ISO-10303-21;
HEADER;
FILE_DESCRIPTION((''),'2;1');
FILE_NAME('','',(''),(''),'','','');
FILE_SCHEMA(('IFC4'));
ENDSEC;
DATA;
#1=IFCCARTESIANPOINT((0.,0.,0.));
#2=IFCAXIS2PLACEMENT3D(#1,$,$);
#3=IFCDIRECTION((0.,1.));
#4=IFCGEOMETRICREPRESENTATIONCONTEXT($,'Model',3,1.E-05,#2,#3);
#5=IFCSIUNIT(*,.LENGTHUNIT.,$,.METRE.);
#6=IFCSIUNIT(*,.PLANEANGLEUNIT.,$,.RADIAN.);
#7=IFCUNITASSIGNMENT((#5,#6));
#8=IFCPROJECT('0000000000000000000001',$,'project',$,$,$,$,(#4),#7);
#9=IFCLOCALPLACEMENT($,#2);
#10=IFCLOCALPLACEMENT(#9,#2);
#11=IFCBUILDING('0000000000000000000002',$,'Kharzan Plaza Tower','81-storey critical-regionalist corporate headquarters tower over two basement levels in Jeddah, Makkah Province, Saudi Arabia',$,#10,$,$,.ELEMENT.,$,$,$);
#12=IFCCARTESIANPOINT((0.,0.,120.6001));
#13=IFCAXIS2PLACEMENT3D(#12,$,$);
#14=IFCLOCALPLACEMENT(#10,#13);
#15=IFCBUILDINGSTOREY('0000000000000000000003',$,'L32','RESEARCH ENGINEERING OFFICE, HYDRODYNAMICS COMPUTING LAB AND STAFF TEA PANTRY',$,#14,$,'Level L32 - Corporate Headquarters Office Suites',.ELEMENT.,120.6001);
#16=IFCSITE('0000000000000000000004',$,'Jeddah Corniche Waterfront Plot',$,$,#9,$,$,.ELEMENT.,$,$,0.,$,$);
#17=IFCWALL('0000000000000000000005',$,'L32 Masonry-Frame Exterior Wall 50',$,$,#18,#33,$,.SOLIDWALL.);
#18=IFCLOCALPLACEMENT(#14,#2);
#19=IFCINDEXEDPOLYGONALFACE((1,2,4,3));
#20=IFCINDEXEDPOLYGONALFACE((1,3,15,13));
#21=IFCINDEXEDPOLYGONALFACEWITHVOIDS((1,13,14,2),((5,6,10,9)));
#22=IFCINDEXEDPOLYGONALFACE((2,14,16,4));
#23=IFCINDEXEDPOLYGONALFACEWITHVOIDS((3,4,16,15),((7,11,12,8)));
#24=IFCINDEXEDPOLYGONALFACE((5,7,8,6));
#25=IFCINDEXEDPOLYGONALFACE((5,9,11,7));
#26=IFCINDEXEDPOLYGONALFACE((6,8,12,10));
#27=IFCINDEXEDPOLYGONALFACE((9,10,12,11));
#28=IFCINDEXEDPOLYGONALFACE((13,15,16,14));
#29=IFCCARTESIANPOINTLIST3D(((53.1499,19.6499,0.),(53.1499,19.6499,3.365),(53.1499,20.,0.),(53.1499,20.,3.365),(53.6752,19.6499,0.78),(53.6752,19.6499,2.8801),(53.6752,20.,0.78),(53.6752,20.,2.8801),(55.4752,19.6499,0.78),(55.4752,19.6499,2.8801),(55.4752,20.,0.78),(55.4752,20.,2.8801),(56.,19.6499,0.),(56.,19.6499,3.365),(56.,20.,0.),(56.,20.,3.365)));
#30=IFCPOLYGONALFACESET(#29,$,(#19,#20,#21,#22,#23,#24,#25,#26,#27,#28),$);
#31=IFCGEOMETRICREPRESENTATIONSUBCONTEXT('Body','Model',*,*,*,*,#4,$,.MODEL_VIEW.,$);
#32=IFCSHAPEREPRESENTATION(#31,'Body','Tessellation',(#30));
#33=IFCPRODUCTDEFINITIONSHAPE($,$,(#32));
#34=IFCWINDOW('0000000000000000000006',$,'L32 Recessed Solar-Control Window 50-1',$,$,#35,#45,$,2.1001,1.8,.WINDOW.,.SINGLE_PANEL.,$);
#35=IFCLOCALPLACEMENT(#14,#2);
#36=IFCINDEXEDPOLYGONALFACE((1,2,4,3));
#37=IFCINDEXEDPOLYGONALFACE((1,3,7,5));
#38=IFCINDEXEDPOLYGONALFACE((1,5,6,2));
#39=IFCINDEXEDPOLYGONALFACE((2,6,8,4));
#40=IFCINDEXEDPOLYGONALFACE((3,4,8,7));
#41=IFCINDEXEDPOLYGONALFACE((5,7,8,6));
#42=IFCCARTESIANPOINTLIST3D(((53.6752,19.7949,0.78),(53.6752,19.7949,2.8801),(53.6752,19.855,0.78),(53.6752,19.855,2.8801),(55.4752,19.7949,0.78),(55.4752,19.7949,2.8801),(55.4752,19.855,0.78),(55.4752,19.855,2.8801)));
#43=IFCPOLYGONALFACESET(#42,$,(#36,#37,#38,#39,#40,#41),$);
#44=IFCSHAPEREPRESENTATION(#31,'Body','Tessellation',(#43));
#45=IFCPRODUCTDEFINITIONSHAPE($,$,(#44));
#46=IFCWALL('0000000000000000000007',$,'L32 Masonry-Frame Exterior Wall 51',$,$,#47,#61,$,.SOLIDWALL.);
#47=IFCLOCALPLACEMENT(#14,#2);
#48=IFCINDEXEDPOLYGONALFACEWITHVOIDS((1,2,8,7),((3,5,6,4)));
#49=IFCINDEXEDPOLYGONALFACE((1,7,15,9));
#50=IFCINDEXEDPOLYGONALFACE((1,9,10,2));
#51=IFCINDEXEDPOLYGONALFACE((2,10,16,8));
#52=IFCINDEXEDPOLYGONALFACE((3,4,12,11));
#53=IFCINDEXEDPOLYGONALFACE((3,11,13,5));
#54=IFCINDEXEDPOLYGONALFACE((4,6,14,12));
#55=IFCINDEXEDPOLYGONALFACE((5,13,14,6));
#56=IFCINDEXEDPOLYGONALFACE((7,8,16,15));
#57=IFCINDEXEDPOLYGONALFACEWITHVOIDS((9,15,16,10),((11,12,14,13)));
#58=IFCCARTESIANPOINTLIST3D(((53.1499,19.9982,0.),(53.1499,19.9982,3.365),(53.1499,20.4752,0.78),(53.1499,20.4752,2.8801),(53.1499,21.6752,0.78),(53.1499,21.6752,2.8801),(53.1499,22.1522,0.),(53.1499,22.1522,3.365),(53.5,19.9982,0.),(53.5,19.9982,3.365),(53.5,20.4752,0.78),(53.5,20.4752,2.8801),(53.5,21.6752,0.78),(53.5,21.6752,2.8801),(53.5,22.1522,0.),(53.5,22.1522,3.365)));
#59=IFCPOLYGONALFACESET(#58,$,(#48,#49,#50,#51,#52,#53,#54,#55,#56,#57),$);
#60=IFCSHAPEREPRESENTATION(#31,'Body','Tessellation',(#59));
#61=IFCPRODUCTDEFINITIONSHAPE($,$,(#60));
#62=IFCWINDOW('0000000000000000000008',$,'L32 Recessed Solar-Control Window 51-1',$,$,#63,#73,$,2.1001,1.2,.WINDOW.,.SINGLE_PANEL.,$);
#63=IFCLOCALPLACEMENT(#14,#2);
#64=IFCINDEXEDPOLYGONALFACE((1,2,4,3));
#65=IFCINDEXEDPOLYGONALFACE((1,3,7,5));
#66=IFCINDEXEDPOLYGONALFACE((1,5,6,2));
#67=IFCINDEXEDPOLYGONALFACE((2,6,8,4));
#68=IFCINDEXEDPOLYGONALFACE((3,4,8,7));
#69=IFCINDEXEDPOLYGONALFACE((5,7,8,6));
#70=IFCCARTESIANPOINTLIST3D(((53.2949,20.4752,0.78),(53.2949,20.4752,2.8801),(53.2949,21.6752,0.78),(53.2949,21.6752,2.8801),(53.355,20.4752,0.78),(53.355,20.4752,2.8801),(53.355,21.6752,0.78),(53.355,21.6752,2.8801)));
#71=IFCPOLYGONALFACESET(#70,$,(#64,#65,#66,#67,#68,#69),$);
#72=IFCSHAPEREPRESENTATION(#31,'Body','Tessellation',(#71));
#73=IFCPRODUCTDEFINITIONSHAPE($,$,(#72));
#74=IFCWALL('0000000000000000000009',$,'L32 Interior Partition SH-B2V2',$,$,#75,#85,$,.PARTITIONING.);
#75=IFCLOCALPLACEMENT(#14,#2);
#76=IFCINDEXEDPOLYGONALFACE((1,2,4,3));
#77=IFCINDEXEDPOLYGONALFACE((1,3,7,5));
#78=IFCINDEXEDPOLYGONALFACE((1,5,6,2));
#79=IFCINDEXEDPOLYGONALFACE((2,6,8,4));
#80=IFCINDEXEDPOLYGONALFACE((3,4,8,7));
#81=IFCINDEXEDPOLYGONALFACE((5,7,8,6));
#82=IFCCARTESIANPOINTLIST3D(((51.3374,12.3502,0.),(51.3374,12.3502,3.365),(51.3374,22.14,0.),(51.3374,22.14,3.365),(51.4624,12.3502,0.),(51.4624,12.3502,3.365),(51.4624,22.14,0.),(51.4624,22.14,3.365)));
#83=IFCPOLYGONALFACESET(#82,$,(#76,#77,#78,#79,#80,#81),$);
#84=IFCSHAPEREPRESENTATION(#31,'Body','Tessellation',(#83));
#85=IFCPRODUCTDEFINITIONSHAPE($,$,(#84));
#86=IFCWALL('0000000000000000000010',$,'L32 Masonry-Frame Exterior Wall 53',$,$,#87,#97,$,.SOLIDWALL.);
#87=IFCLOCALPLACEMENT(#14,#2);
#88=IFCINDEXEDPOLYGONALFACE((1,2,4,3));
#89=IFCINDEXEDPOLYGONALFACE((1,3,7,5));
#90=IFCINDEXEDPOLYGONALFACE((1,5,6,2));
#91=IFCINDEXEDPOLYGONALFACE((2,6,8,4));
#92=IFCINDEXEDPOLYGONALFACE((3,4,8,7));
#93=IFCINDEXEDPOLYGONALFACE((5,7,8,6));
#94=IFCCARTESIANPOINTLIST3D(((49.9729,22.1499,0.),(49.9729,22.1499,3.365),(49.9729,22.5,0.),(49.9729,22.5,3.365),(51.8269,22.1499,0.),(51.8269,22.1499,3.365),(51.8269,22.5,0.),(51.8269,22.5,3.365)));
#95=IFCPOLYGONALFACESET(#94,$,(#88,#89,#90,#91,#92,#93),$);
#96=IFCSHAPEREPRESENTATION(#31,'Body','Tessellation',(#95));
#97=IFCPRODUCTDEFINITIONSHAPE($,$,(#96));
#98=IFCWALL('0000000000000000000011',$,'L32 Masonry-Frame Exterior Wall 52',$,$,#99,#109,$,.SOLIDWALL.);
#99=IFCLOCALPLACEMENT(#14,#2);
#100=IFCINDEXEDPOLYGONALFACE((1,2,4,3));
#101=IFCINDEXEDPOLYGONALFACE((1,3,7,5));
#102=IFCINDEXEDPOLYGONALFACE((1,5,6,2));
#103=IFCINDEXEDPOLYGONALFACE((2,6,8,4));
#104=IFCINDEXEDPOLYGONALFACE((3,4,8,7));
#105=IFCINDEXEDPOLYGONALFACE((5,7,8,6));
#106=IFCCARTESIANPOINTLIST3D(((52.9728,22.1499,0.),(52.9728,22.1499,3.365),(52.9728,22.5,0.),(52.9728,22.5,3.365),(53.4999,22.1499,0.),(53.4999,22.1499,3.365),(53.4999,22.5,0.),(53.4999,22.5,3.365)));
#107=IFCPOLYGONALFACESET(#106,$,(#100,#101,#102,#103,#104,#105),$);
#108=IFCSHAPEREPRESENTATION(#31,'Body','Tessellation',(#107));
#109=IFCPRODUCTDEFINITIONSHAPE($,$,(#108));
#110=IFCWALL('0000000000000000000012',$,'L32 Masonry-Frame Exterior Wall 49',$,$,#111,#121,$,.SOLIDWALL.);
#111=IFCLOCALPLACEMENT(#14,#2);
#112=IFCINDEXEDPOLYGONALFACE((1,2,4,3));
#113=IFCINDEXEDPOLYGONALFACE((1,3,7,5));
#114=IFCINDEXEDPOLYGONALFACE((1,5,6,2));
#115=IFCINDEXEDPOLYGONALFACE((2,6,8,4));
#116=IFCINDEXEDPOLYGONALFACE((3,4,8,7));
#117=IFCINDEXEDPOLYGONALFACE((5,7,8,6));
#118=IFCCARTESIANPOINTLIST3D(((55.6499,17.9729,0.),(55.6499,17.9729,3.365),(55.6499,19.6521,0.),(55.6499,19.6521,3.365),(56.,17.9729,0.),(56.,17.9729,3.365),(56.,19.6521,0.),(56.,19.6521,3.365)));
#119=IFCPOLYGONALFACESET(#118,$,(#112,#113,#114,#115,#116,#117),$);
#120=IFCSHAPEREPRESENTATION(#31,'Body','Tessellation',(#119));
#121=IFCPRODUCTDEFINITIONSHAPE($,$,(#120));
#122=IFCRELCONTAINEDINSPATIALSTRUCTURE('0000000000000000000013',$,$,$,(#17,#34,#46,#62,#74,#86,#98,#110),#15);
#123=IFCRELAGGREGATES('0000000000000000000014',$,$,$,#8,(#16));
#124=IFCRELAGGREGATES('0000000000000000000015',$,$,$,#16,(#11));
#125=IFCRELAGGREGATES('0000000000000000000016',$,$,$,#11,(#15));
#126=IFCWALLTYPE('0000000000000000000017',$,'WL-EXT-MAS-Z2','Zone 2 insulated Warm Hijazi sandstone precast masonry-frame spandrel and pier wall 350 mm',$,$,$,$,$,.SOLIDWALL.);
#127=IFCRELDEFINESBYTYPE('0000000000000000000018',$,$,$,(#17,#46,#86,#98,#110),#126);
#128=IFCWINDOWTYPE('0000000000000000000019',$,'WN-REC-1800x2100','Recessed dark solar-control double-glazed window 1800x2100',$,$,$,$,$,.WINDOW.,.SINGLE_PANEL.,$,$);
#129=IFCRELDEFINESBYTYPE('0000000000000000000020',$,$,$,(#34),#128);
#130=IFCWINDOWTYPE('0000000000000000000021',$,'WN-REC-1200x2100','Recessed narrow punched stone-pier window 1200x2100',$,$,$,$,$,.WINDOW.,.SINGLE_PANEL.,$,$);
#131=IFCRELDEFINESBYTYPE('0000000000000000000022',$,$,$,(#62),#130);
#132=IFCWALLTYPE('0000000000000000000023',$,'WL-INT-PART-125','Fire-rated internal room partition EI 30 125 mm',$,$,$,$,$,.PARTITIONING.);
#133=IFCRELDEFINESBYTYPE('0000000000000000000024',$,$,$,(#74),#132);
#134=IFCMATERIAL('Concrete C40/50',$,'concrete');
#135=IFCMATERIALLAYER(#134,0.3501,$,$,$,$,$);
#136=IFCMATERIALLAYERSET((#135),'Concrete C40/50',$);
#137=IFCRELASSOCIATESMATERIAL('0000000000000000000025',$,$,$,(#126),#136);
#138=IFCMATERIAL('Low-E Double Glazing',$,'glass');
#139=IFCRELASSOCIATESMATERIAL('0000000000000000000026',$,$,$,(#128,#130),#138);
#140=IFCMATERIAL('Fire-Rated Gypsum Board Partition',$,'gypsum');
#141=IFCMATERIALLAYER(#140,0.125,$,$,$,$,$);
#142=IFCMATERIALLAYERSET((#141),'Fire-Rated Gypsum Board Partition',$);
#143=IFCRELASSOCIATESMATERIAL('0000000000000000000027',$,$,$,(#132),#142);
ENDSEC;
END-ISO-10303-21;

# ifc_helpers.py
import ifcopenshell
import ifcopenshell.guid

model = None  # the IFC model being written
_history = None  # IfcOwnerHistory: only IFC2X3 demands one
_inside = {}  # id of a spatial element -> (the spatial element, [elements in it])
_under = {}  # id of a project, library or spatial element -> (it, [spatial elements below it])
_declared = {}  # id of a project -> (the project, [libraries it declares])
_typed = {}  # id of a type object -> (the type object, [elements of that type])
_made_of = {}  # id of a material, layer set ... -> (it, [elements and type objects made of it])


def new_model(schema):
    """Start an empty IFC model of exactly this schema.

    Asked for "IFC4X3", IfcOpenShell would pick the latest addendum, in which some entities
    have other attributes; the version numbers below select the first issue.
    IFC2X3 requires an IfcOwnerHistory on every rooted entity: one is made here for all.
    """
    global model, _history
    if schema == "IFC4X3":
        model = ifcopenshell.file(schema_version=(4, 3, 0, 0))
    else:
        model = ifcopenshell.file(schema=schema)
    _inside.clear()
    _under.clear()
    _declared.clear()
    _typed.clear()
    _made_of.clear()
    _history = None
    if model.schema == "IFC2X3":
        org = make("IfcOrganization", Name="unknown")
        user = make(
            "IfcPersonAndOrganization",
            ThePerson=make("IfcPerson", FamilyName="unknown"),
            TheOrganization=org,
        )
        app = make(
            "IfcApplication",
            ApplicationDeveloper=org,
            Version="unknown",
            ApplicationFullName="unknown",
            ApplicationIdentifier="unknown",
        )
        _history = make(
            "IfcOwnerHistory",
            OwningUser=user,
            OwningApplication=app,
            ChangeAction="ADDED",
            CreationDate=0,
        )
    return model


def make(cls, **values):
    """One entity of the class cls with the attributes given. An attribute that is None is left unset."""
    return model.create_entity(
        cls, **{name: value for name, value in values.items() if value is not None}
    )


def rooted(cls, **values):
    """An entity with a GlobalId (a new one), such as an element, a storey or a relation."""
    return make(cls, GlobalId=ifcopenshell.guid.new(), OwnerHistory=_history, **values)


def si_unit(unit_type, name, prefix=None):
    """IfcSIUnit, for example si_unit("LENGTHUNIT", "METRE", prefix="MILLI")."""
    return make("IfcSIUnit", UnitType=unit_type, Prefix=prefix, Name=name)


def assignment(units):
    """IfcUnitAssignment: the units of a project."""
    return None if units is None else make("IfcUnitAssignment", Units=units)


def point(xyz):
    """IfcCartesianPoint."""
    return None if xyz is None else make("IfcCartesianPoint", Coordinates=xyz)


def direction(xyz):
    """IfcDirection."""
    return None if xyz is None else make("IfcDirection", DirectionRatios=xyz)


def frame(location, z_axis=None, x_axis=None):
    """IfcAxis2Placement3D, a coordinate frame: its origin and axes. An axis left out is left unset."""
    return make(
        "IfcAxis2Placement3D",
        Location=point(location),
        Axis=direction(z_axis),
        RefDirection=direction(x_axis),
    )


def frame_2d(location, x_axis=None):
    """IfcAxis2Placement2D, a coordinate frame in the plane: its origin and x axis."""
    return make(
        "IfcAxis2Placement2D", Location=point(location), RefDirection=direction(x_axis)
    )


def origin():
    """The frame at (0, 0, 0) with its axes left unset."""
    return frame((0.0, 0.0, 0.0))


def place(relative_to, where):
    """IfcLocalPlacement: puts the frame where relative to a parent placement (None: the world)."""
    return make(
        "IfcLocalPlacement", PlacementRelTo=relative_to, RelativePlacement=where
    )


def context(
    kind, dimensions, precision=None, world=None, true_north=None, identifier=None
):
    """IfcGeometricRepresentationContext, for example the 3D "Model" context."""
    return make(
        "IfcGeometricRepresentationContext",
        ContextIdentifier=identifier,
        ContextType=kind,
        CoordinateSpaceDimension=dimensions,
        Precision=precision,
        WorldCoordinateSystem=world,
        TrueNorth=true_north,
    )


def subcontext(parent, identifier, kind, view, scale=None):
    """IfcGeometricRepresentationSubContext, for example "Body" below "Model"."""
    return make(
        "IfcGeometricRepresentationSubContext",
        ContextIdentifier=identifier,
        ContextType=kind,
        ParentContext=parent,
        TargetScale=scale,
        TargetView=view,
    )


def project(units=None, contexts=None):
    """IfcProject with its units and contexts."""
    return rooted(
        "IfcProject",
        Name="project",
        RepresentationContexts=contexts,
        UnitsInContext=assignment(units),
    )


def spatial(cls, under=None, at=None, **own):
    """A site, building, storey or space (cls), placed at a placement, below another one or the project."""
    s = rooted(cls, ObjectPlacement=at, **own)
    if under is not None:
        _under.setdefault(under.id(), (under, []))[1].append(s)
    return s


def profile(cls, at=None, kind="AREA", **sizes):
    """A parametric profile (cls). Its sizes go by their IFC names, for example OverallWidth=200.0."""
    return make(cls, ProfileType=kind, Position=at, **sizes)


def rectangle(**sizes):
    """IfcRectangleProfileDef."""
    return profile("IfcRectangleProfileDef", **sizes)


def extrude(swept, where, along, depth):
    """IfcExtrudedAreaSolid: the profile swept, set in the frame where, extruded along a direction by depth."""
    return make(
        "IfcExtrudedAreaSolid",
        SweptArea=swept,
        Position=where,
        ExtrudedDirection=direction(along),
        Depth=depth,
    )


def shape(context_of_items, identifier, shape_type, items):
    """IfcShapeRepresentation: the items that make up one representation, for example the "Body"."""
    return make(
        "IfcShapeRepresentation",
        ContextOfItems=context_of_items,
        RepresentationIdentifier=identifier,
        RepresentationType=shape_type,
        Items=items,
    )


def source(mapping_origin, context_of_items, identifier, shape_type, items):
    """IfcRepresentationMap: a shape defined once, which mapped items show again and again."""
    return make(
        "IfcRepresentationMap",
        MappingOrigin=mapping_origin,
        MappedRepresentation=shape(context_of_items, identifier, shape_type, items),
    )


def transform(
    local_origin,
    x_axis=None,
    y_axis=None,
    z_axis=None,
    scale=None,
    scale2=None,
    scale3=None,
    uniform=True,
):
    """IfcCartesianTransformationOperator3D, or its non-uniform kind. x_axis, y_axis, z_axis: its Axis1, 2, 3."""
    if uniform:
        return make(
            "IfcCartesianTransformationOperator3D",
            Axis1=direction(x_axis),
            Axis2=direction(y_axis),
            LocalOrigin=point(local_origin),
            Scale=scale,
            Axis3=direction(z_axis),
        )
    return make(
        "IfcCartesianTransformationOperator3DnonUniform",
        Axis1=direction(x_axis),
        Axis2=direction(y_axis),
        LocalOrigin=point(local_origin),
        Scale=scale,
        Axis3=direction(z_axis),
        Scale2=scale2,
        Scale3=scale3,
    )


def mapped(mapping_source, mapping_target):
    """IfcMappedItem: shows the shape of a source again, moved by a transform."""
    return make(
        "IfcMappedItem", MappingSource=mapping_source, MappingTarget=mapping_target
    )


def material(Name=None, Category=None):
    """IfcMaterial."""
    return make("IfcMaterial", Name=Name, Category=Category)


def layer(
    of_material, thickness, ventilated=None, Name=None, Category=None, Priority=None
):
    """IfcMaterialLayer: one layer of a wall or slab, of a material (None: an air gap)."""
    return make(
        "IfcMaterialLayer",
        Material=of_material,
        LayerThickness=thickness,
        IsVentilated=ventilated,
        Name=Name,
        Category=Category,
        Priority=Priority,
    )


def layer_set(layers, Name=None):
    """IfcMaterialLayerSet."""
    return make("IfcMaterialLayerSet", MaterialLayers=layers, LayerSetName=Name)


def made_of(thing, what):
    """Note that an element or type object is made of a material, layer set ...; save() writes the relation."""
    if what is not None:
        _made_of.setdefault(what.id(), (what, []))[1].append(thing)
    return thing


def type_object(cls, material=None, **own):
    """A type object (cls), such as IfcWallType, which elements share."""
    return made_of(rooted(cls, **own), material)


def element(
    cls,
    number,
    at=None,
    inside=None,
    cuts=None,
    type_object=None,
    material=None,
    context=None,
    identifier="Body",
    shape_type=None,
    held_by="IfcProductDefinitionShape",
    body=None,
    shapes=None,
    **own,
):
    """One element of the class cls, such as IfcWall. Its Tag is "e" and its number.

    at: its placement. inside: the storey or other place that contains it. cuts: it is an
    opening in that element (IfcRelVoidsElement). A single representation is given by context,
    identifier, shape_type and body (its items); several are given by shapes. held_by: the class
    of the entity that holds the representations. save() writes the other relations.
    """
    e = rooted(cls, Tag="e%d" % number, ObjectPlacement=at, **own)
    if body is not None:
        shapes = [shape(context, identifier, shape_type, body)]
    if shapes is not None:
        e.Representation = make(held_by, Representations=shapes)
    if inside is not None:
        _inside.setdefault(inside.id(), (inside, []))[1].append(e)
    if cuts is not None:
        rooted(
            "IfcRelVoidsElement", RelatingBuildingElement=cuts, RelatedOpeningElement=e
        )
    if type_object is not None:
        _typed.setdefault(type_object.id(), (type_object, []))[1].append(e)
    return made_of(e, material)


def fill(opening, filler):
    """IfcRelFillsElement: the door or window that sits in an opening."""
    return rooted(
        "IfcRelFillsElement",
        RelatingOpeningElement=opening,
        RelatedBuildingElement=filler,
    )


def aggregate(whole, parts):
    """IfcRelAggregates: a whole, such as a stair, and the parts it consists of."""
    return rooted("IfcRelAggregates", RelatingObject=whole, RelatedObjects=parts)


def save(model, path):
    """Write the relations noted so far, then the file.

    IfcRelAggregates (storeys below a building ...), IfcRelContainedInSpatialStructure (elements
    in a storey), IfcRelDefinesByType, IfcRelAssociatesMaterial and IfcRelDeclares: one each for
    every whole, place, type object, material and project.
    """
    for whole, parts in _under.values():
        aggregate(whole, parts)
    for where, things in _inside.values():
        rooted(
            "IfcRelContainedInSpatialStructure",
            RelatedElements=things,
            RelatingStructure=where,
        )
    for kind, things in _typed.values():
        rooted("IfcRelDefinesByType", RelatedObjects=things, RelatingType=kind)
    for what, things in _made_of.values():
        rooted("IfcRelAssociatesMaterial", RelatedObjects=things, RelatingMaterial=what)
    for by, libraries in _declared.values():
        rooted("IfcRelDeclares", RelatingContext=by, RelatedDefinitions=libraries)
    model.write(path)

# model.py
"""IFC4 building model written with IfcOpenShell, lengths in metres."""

from ifc_helpers import new_model, si_unit, direction, frame, frame_2d, origin, place, context, subcontext, project, spatial, rectangle, extrude, source, transform, mapped, material, layer, layer_set, type_object, element, fill, save


model = new_model("IFC4")

# Units and contexts
model_context = context("Model", 3, precision=1e-05, world=origin(), true_north=direction((0.0, 1.0)))
body_context = subcontext(model_context, "Body", "Model", "MODEL_VIEW")
ifc_project = project(units=[si_unit("LENGTHUNIT", "METRE"), si_unit("PLANEANGLEUNIT", "RADIAN")], contexts=[model_context])

# Site, building, storey
site_placement = place(None, origin())
site = spatial("IfcSite", under=ifc_project, at=site_placement, Name="Jeddah Corniche Waterfront Plot", CompositionType="ELEMENT", RefElevation=0.0)
building_placement = place(site_placement, origin())
building = spatial("IfcBuilding", under=site, at=building_placement, Name="Kharzan Plaza Tower", Description="81-storey critical-regionalist corporate headquarters tower over two basement levels in Jeddah, Makkah Province, Saudi Arabia", CompositionType="ELEMENT")
storey_placement = place(building_placement, frame((0.0, 0.0, 120.6001)))
storey = spatial("IfcBuildingStorey", under=building, at=storey_placement, Name="L32", Description="RESEARCH ENGINEERING OFFICE, HYDRODYNAMICS COMPUTING LAB AND STAFF TEA PANTRY", LongName="Level L32 - Corporate Headquarters Office Suites", CompositionType="ELEMENT", Elevation=120.6001)

# Walls, openings, windows
ifc_material_1 = material(Name="Concrete C40/50", Category="concrete")
ifc_layer_1 = layer(ifc_material_1, 0.3501)
ifc_layer_set_1 = layer_set([ifc_layer_1], Name="Concrete C40/50")
wall_type_1 = type_object("IfcWallType", Name="WL-EXT-MAS-Z2", Description="Zone 2 insulated Warm Hijazi sandstone precast masonry-frame spandrel and pier wall 350 mm", PredefinedType="SOLIDWALL", material=ifc_layer_set_1)
ifc_material_2 = material(Name="Low-E Double Glazing", Category="glass")
window_type_1 = type_object("IfcWindowType", Name="WN-REC-1800x2100", Description="Recessed dark solar-control double-glazed window 1800x2100", PartitioningType="SINGLE_PANEL", PredefinedType="WINDOW", material=ifc_material_2)
shared_shape_1 = source(origin(), body_context, "Body", "SweptSolid", [
    extrude(rectangle(XDim=1.8, YDim=2.1001, at=frame_2d((0.8999, 1.05))), frame((0.0, 0.03, 0.0), z_axis=(0.0, -1.0, 0.0), x_axis=(1.0, 0.0, 0.0)), (0.0, 0.0, 1.0), 0.0601),
])
wall_1_placement = place(storey_placement, frame((56.0, 19.825, 0.0), z_axis=(0.0, 0.0, 1.0), x_axis=(-1.0, 0.0, 0.0)))
wall_1 = element("IfcWall", 1, at=wall_1_placement, inside=storey, type_object=wall_type_1, Name="L32 Masonry-Frame Exterior Wall 50", PredefinedType="SOLIDWALL", context=body_context, shape_type="SweptSolid", body=[
    extrude(rectangle(XDim=2.8501, YDim=0.3501, at=frame_2d((1.425, 0.0))), origin(), (0.0, 0.0, 1.0), 3.365),
])
opening_1_placement = place(wall_1_placement, frame((0.5249, 0.0, 0.78)))
opening_1 = element("IfcOpeningElement", 2, at=opening_1_placement, cuts=wall_1, PredefinedType="OPENING", context=body_context, shape_type="SweptSolid", body=[
    extrude(rectangle(XDim=1.8, YDim=2.1001, at=frame_2d((0.8999, 1.05))), frame((0.0, 0.1851, 0.0), z_axis=(0.0, -1.0, 0.0), x_axis=(1.0, 0.0, 0.0)), (0.0, 0.0, 1.0), 0.3701),
])
window_1_placement = place(opening_1_placement, origin())
window_1 = element("IfcWindow", 3, at=window_1_placement, inside=storey, type_object=window_type_1, Name="L32 Recessed Solar-Control Window 50-1", OverallHeight=2.1001, OverallWidth=1.8, PartitioningType="SINGLE_PANEL", PredefinedType="WINDOW", context=body_context, shape_type="MappedRepresentation", body=[
    mapped(shared_shape_1, transform((0.0, 0.0, 0.0), x_axis=(1.0, 0.0, 0.0), y_axis=(0.0, 1.0, 0.0), z_axis=(0.0, 0.0, 1.0))),
])
fill(opening_1, window_1)
wall_2_placement = place(storey_placement, frame((53.325, 19.998, 0.0), z_axis=(0.0, 0.0, 1.0), x_axis=(0.0, 1.0, 0.0)))
wall_2 = element("IfcWall", 4, at=wall_2_placement, inside=storey, type_object=wall_type_1, Name="L32 Masonry-Frame Exterior Wall 51", PredefinedType="SOLIDWALL", context=body_context, shape_type="SweptSolid", body=[
    extrude(rectangle(XDim=2.1541, YDim=0.3501, at=frame_2d((1.0771, 0.0))), origin(), (0.0, 0.0, 1.0), 3.365),
])
opening_2_placement = place(wall_2_placement, frame((0.4771, 0.0, 0.78)))
opening_2 = element("IfcOpeningElement", 5, at=opening_2_placement, cuts=wall_2, PredefinedType="OPENING", context=body_context, shape_type="SweptSolid", body=[
    extrude(rectangle(XDim=1.2, YDim=2.1001, at=frame_2d((0.6001, 1.05))), frame((0.0, 0.1851, 0.0), z_axis=(0.0, -1.0, 0.0), x_axis=(1.0, 0.0, 0.0)), (0.0, 0.0, 1.0), 0.3701),
])
window_type_2 = type_object("IfcWindowType", Name="WN-REC-1200x2100", Description="Recessed narrow punched stone-pier window 1200x2100", PartitioningType="SINGLE_PANEL", PredefinedType="WINDOW", material=ifc_material_2)
shared_shape_2 = source(origin(), body_context, "Body", "SweptSolid", [
    extrude(rectangle(XDim=1.2, YDim=2.1001, at=frame_2d((0.6001, 1.05))), frame((0.0, 0.03, 0.0), z_axis=(0.0, -1.0, 0.0), x_axis=(1.0, 0.0, 0.0)), (0.0, 0.0, 1.0), 0.0601),
])
window_2_placement = place(opening_2_placement, origin())
window_2 = element("IfcWindow", 6, at=window_2_placement, inside=storey, type_object=window_type_2, Name="L32 Recessed Solar-Control Window 51-1", OverallHeight=2.1001, OverallWidth=1.2, PartitioningType="SINGLE_PANEL", PredefinedType="WINDOW", context=body_context, shape_type="MappedRepresentation", body=[
    mapped(shared_shape_2, transform((0.0, 0.0, 0.0), x_axis=(1.0, 0.0, 0.0), y_axis=(0.0, 1.0, 0.0), z_axis=(0.0, 0.0, 1.0))),
])
fill(opening_2, window_2)

# Shared definitions
ifc_material_3 = material(Name="Fire-Rated Gypsum Board Partition", Category="gypsum")
ifc_layer_2 = layer(ifc_material_3, 0.125)
ifc_layer_set_2 = layer_set([ifc_layer_2], Name="Fire-Rated Gypsum Board Partition")
wall_type_2 = type_object("IfcWallType", Name="WL-INT-PART-125", Description="Fire-rated internal room partition EI 30 125 mm", PredefinedType="PARTITIONING", material=ifc_layer_set_2)

# Walls
shared_shape_3 = source(origin(), body_context, "Body", "SweptSolid", [
    extrude(rectangle(XDim=9.7898, YDim=0.125, at=frame_2d((4.895, 0.0))), origin(), (0.0, 0.0, 1.0), 3.365),
])
wall_3_placement = place(storey_placement, frame((51.3999, 12.3501, 0.0), z_axis=(0.0, 0.0, 1.0), x_axis=(0.0, 1.0, 0.0)))
element("IfcWall", 7, at=wall_3_placement, inside=storey, type_object=wall_type_2, Name="L32 Interior Partition SH-B2V2", PredefinedType="PARTITIONING", context=body_context, shape_type="MappedRepresentation", body=[
    mapped(shared_shape_3, transform((0.0, 0.0, 0.0), x_axis=(1.0, 0.0, 0.0), y_axis=(0.0, 1.0, 0.0), z_axis=(0.0, 0.0, 1.0))),
])
shared_shape_4 = source(origin(), body_context, "Body", "SweptSolid", [
    extrude(rectangle(XDim=1.854, YDim=0.3501, at=frame_2d((0.927, 0.0))), origin(), (0.0, 0.0, 1.0), 3.365),
])
wall_4_placement = place(storey_placement, frame((51.8269, 22.325, 0.0), z_axis=(0.0, 0.0, 1.0), x_axis=(-1.0, 0.0, 0.0)))
element("IfcWall", 8, at=wall_4_placement, inside=storey, type_object=wall_type_1, Name="L32 Masonry-Frame Exterior Wall 53", PredefinedType="SOLIDWALL", context=body_context, shape_type="MappedRepresentation", body=[
    mapped(shared_shape_4, transform((0.0, 0.0, 0.0), x_axis=(1.0, 0.0, 0.0), y_axis=(0.0, 1.0, 0.0), z_axis=(0.0, 0.0, 1.0))),
])
shared_shape_5 = source(origin(), body_context, "Body", "SweptSolid", [
    extrude(rectangle(XDim=0.5271, YDim=0.3501, at=frame_2d((0.2637, 0.0))), origin(), (0.0, 0.0, 1.0), 3.365),
])
wall_5_placement = place(storey_placement, frame((53.5, 22.325, 0.0), z_axis=(0.0, 0.0, 1.0), x_axis=(-1.0, 0.0, 0.0)))
element("IfcWall", 9, at=wall_5_placement, inside=storey, type_object=wall_type_1, Name="L32 Masonry-Frame Exterior Wall 52", PredefinedType="SOLIDWALL", context=body_context, shape_type="MappedRepresentation", body=[
    mapped(shared_shape_5, transform((0.0, 0.0, 0.0), x_axis=(1.0, 0.0, 0.0), y_axis=(0.0, 1.0, 0.0), z_axis=(0.0, 0.0, 1.0))),
])
shared_shape_6 = source(origin(), body_context, "Body", "SweptSolid", [
    extrude(rectangle(XDim=1.6792, YDim=0.3501, at=frame_2d((0.8396, 0.0))), origin(), (0.0, 0.0, 1.0), 3.365),
])
wall_6_placement = place(storey_placement, frame((55.825, 17.9729, 0.0), z_axis=(0.0, 0.0, 1.0), x_axis=(0.0, 1.0, 0.0)))
element("IfcWall", 10, at=wall_6_placement, inside=storey, type_object=wall_type_1, Name="L32 Masonry-Frame Exterior Wall 49", PredefinedType="SOLIDWALL", context=body_context, shape_type="MappedRepresentation", body=[
    mapped(shared_shape_6, transform((0.0, 0.0, 0.0), x_axis=(1.0, 0.0, 0.0), y_axis=(0.0, 1.0, 0.0), z_axis=(0.0, 0.0, 1.0))),
])

save(model, "model.ifc")
